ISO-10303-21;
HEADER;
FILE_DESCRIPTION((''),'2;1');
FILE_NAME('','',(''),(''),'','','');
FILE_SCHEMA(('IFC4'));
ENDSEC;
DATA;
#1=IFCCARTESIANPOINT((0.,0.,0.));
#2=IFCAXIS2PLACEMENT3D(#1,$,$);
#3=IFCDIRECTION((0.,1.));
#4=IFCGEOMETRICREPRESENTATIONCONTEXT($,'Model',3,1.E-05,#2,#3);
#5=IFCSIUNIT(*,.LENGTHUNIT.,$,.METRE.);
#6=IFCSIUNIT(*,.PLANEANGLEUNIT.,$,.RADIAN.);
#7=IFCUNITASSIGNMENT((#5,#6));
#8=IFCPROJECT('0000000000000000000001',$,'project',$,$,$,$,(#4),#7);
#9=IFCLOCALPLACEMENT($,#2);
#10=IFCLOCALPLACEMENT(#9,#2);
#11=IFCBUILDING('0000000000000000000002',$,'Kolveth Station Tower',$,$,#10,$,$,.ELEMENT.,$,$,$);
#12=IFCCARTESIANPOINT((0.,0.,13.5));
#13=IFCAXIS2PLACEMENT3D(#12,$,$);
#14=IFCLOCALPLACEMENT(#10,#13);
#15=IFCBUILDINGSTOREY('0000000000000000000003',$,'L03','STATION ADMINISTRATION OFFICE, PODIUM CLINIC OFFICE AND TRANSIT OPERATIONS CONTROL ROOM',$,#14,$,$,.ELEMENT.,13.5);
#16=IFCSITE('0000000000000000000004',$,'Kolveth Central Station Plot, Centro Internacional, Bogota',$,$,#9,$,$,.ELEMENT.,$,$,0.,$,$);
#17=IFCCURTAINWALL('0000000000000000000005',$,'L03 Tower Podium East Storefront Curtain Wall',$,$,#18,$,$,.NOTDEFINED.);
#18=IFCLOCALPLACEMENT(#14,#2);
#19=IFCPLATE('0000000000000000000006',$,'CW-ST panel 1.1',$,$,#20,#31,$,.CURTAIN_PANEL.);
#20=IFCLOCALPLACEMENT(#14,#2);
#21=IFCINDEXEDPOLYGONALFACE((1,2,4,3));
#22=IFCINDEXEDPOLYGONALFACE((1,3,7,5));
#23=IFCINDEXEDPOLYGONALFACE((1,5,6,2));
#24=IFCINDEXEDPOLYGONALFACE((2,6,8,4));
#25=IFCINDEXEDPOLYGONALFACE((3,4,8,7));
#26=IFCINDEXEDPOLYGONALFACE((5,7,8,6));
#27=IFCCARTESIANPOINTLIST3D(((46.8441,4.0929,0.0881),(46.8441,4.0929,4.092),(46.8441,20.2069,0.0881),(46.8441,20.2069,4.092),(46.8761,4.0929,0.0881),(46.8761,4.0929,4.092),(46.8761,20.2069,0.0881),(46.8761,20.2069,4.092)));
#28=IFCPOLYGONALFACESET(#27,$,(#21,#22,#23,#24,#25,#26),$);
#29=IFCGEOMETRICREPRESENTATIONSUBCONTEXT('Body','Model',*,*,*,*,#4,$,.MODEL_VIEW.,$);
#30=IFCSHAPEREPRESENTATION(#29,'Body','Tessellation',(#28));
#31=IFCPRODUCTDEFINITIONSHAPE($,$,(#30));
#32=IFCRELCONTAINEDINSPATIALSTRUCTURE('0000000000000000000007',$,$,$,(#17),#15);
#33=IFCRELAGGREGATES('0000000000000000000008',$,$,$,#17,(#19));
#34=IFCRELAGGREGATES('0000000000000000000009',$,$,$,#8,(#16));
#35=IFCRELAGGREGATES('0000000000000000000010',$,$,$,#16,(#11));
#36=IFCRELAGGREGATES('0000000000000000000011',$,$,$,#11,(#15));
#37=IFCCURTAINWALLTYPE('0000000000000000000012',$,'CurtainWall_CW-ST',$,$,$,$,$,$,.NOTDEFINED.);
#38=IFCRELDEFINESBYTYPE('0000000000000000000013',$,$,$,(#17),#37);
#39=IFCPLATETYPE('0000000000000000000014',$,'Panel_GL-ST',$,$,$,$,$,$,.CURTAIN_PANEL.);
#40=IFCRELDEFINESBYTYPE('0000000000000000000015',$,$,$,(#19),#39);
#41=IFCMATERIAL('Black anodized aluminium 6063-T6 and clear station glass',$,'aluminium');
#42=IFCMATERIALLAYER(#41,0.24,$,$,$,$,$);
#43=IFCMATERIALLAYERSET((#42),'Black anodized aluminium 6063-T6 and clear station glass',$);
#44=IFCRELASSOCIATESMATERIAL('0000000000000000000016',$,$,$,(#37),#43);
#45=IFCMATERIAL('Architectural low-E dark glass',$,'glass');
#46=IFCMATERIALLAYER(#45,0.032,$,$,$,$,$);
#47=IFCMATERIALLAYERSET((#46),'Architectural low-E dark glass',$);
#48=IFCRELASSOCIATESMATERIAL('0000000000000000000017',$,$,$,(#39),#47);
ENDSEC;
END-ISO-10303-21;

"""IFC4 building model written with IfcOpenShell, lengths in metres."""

from ifc_helpers import new_model, si_unit, direction, frame, origin, origin_2d, place, context, subcontext, project, spatial, rectangle, extrude, source, transform, mapped, material, layer, layer_set, type_object, element, aggregate, save


model = new_model("IFC4")

# Units and contexts
model_context = context("Model", 3, precision=1e-05, world=origin(), true_north=direction((0.0, 1.0)))
body_context = subcontext(model_context, "Body", "Model", "MODEL_VIEW")
ifc_project = project(units=[si_unit("LENGTHUNIT", "METRE"), si_unit("PLANEANGLEUNIT", "RADIAN")], contexts=[model_context])

# Site, building, storey
site_placement = place(None, origin())
site = spatial("IfcSite", under=ifc_project, at=site_placement, Name="Kolveth Central Station Plot, Centro Internacional, Bogota", CompositionType="ELEMENT", RefElevation=0.0)
building_placement = place(site_placement, origin())
building = spatial("IfcBuilding", under=site, at=building_placement, Name="Kolveth Station Tower", CompositionType="ELEMENT")
storey_placement = place(building_placement, frame((0.0, 0.0, 13.5)))
storey = spatial("IfcBuildingStorey", under=building, at=storey_placement, Name="L03", Description="STATION ADMINISTRATION OFFICE, PODIUM CLINIC OFFICE AND TRANSIT OPERATIONS CONTROL ROOM", CompositionType="ELEMENT", Elevation=13.5)

# Curtain wall, plate
ifc_material_1 = material(Name="Black anodized aluminium 6063-T6 and clear station glass", Category="aluminium")
ifc_layer_1 = layer(ifc_material_1, 0.24)
ifc_layer_set_1 = layer_set([ifc_layer_1], Name="Black anodized aluminium 6063-T6 and clear station glass")
curtain_wall_type = type_object("IfcCurtainWallType", Name="CurtainWall_CW-ST", PredefinedType="NOTDEFINED", material=ifc_layer_set_1)
curtain_wall_placement = place(storey_placement, origin())
curtain_wall = element("IfcCurtainWall", 1, at=curtain_wall_placement, inside=storey, type_object=curtain_wall_type, Name="L03 Tower Podium East Storefront Curtain Wall", PredefinedType="NOTDEFINED")
ifc_material_2 = material(Name="Architectural low-E dark glass", Category="glass")
ifc_layer_2 = layer(ifc_material_2, 0.032)
ifc_layer_set_2 = layer_set([ifc_layer_2], Name="Architectural low-E dark glass")
plate_type = type_object("IfcPlateType", Name="Panel_GL-ST", PredefinedType="CURTAIN_PANEL", material=ifc_layer_set_2)
shared_shape_1 = source(origin(), body_context, "Body", "SweptSolid", [
    extrude(rectangle(XDim=16.114, YDim=0.032, at=origin_2d()), origin(), (0.0, 0.0, 1.0), 4.0039),
])
plate_placement = place(storey_placement, frame((46.8601, 12.1499, 0.0881), z_axis=(0.0, 0.0, 1.0), x_axis=(0.0, 1.0, 0.0)))
plate = element("IfcPlate", 2, at=plate_placement, type_object=plate_type, Name="CW-ST panel 1.1", PredefinedType="CURTAIN_PANEL", context=body_context, shape_type="MappedRepresentation", body=[
    mapped(shared_shape_1, transform((0.0, 0.0, 0.0), x_axis=(1.0, 0.0, 0.0), y_axis=(0.0, 1.0, 0.0), z_axis=(0.0, 0.0, 1.0), scale=1.0)),
])
aggregate(curtain_wall, [plate])

save(model, "model.ifc")
